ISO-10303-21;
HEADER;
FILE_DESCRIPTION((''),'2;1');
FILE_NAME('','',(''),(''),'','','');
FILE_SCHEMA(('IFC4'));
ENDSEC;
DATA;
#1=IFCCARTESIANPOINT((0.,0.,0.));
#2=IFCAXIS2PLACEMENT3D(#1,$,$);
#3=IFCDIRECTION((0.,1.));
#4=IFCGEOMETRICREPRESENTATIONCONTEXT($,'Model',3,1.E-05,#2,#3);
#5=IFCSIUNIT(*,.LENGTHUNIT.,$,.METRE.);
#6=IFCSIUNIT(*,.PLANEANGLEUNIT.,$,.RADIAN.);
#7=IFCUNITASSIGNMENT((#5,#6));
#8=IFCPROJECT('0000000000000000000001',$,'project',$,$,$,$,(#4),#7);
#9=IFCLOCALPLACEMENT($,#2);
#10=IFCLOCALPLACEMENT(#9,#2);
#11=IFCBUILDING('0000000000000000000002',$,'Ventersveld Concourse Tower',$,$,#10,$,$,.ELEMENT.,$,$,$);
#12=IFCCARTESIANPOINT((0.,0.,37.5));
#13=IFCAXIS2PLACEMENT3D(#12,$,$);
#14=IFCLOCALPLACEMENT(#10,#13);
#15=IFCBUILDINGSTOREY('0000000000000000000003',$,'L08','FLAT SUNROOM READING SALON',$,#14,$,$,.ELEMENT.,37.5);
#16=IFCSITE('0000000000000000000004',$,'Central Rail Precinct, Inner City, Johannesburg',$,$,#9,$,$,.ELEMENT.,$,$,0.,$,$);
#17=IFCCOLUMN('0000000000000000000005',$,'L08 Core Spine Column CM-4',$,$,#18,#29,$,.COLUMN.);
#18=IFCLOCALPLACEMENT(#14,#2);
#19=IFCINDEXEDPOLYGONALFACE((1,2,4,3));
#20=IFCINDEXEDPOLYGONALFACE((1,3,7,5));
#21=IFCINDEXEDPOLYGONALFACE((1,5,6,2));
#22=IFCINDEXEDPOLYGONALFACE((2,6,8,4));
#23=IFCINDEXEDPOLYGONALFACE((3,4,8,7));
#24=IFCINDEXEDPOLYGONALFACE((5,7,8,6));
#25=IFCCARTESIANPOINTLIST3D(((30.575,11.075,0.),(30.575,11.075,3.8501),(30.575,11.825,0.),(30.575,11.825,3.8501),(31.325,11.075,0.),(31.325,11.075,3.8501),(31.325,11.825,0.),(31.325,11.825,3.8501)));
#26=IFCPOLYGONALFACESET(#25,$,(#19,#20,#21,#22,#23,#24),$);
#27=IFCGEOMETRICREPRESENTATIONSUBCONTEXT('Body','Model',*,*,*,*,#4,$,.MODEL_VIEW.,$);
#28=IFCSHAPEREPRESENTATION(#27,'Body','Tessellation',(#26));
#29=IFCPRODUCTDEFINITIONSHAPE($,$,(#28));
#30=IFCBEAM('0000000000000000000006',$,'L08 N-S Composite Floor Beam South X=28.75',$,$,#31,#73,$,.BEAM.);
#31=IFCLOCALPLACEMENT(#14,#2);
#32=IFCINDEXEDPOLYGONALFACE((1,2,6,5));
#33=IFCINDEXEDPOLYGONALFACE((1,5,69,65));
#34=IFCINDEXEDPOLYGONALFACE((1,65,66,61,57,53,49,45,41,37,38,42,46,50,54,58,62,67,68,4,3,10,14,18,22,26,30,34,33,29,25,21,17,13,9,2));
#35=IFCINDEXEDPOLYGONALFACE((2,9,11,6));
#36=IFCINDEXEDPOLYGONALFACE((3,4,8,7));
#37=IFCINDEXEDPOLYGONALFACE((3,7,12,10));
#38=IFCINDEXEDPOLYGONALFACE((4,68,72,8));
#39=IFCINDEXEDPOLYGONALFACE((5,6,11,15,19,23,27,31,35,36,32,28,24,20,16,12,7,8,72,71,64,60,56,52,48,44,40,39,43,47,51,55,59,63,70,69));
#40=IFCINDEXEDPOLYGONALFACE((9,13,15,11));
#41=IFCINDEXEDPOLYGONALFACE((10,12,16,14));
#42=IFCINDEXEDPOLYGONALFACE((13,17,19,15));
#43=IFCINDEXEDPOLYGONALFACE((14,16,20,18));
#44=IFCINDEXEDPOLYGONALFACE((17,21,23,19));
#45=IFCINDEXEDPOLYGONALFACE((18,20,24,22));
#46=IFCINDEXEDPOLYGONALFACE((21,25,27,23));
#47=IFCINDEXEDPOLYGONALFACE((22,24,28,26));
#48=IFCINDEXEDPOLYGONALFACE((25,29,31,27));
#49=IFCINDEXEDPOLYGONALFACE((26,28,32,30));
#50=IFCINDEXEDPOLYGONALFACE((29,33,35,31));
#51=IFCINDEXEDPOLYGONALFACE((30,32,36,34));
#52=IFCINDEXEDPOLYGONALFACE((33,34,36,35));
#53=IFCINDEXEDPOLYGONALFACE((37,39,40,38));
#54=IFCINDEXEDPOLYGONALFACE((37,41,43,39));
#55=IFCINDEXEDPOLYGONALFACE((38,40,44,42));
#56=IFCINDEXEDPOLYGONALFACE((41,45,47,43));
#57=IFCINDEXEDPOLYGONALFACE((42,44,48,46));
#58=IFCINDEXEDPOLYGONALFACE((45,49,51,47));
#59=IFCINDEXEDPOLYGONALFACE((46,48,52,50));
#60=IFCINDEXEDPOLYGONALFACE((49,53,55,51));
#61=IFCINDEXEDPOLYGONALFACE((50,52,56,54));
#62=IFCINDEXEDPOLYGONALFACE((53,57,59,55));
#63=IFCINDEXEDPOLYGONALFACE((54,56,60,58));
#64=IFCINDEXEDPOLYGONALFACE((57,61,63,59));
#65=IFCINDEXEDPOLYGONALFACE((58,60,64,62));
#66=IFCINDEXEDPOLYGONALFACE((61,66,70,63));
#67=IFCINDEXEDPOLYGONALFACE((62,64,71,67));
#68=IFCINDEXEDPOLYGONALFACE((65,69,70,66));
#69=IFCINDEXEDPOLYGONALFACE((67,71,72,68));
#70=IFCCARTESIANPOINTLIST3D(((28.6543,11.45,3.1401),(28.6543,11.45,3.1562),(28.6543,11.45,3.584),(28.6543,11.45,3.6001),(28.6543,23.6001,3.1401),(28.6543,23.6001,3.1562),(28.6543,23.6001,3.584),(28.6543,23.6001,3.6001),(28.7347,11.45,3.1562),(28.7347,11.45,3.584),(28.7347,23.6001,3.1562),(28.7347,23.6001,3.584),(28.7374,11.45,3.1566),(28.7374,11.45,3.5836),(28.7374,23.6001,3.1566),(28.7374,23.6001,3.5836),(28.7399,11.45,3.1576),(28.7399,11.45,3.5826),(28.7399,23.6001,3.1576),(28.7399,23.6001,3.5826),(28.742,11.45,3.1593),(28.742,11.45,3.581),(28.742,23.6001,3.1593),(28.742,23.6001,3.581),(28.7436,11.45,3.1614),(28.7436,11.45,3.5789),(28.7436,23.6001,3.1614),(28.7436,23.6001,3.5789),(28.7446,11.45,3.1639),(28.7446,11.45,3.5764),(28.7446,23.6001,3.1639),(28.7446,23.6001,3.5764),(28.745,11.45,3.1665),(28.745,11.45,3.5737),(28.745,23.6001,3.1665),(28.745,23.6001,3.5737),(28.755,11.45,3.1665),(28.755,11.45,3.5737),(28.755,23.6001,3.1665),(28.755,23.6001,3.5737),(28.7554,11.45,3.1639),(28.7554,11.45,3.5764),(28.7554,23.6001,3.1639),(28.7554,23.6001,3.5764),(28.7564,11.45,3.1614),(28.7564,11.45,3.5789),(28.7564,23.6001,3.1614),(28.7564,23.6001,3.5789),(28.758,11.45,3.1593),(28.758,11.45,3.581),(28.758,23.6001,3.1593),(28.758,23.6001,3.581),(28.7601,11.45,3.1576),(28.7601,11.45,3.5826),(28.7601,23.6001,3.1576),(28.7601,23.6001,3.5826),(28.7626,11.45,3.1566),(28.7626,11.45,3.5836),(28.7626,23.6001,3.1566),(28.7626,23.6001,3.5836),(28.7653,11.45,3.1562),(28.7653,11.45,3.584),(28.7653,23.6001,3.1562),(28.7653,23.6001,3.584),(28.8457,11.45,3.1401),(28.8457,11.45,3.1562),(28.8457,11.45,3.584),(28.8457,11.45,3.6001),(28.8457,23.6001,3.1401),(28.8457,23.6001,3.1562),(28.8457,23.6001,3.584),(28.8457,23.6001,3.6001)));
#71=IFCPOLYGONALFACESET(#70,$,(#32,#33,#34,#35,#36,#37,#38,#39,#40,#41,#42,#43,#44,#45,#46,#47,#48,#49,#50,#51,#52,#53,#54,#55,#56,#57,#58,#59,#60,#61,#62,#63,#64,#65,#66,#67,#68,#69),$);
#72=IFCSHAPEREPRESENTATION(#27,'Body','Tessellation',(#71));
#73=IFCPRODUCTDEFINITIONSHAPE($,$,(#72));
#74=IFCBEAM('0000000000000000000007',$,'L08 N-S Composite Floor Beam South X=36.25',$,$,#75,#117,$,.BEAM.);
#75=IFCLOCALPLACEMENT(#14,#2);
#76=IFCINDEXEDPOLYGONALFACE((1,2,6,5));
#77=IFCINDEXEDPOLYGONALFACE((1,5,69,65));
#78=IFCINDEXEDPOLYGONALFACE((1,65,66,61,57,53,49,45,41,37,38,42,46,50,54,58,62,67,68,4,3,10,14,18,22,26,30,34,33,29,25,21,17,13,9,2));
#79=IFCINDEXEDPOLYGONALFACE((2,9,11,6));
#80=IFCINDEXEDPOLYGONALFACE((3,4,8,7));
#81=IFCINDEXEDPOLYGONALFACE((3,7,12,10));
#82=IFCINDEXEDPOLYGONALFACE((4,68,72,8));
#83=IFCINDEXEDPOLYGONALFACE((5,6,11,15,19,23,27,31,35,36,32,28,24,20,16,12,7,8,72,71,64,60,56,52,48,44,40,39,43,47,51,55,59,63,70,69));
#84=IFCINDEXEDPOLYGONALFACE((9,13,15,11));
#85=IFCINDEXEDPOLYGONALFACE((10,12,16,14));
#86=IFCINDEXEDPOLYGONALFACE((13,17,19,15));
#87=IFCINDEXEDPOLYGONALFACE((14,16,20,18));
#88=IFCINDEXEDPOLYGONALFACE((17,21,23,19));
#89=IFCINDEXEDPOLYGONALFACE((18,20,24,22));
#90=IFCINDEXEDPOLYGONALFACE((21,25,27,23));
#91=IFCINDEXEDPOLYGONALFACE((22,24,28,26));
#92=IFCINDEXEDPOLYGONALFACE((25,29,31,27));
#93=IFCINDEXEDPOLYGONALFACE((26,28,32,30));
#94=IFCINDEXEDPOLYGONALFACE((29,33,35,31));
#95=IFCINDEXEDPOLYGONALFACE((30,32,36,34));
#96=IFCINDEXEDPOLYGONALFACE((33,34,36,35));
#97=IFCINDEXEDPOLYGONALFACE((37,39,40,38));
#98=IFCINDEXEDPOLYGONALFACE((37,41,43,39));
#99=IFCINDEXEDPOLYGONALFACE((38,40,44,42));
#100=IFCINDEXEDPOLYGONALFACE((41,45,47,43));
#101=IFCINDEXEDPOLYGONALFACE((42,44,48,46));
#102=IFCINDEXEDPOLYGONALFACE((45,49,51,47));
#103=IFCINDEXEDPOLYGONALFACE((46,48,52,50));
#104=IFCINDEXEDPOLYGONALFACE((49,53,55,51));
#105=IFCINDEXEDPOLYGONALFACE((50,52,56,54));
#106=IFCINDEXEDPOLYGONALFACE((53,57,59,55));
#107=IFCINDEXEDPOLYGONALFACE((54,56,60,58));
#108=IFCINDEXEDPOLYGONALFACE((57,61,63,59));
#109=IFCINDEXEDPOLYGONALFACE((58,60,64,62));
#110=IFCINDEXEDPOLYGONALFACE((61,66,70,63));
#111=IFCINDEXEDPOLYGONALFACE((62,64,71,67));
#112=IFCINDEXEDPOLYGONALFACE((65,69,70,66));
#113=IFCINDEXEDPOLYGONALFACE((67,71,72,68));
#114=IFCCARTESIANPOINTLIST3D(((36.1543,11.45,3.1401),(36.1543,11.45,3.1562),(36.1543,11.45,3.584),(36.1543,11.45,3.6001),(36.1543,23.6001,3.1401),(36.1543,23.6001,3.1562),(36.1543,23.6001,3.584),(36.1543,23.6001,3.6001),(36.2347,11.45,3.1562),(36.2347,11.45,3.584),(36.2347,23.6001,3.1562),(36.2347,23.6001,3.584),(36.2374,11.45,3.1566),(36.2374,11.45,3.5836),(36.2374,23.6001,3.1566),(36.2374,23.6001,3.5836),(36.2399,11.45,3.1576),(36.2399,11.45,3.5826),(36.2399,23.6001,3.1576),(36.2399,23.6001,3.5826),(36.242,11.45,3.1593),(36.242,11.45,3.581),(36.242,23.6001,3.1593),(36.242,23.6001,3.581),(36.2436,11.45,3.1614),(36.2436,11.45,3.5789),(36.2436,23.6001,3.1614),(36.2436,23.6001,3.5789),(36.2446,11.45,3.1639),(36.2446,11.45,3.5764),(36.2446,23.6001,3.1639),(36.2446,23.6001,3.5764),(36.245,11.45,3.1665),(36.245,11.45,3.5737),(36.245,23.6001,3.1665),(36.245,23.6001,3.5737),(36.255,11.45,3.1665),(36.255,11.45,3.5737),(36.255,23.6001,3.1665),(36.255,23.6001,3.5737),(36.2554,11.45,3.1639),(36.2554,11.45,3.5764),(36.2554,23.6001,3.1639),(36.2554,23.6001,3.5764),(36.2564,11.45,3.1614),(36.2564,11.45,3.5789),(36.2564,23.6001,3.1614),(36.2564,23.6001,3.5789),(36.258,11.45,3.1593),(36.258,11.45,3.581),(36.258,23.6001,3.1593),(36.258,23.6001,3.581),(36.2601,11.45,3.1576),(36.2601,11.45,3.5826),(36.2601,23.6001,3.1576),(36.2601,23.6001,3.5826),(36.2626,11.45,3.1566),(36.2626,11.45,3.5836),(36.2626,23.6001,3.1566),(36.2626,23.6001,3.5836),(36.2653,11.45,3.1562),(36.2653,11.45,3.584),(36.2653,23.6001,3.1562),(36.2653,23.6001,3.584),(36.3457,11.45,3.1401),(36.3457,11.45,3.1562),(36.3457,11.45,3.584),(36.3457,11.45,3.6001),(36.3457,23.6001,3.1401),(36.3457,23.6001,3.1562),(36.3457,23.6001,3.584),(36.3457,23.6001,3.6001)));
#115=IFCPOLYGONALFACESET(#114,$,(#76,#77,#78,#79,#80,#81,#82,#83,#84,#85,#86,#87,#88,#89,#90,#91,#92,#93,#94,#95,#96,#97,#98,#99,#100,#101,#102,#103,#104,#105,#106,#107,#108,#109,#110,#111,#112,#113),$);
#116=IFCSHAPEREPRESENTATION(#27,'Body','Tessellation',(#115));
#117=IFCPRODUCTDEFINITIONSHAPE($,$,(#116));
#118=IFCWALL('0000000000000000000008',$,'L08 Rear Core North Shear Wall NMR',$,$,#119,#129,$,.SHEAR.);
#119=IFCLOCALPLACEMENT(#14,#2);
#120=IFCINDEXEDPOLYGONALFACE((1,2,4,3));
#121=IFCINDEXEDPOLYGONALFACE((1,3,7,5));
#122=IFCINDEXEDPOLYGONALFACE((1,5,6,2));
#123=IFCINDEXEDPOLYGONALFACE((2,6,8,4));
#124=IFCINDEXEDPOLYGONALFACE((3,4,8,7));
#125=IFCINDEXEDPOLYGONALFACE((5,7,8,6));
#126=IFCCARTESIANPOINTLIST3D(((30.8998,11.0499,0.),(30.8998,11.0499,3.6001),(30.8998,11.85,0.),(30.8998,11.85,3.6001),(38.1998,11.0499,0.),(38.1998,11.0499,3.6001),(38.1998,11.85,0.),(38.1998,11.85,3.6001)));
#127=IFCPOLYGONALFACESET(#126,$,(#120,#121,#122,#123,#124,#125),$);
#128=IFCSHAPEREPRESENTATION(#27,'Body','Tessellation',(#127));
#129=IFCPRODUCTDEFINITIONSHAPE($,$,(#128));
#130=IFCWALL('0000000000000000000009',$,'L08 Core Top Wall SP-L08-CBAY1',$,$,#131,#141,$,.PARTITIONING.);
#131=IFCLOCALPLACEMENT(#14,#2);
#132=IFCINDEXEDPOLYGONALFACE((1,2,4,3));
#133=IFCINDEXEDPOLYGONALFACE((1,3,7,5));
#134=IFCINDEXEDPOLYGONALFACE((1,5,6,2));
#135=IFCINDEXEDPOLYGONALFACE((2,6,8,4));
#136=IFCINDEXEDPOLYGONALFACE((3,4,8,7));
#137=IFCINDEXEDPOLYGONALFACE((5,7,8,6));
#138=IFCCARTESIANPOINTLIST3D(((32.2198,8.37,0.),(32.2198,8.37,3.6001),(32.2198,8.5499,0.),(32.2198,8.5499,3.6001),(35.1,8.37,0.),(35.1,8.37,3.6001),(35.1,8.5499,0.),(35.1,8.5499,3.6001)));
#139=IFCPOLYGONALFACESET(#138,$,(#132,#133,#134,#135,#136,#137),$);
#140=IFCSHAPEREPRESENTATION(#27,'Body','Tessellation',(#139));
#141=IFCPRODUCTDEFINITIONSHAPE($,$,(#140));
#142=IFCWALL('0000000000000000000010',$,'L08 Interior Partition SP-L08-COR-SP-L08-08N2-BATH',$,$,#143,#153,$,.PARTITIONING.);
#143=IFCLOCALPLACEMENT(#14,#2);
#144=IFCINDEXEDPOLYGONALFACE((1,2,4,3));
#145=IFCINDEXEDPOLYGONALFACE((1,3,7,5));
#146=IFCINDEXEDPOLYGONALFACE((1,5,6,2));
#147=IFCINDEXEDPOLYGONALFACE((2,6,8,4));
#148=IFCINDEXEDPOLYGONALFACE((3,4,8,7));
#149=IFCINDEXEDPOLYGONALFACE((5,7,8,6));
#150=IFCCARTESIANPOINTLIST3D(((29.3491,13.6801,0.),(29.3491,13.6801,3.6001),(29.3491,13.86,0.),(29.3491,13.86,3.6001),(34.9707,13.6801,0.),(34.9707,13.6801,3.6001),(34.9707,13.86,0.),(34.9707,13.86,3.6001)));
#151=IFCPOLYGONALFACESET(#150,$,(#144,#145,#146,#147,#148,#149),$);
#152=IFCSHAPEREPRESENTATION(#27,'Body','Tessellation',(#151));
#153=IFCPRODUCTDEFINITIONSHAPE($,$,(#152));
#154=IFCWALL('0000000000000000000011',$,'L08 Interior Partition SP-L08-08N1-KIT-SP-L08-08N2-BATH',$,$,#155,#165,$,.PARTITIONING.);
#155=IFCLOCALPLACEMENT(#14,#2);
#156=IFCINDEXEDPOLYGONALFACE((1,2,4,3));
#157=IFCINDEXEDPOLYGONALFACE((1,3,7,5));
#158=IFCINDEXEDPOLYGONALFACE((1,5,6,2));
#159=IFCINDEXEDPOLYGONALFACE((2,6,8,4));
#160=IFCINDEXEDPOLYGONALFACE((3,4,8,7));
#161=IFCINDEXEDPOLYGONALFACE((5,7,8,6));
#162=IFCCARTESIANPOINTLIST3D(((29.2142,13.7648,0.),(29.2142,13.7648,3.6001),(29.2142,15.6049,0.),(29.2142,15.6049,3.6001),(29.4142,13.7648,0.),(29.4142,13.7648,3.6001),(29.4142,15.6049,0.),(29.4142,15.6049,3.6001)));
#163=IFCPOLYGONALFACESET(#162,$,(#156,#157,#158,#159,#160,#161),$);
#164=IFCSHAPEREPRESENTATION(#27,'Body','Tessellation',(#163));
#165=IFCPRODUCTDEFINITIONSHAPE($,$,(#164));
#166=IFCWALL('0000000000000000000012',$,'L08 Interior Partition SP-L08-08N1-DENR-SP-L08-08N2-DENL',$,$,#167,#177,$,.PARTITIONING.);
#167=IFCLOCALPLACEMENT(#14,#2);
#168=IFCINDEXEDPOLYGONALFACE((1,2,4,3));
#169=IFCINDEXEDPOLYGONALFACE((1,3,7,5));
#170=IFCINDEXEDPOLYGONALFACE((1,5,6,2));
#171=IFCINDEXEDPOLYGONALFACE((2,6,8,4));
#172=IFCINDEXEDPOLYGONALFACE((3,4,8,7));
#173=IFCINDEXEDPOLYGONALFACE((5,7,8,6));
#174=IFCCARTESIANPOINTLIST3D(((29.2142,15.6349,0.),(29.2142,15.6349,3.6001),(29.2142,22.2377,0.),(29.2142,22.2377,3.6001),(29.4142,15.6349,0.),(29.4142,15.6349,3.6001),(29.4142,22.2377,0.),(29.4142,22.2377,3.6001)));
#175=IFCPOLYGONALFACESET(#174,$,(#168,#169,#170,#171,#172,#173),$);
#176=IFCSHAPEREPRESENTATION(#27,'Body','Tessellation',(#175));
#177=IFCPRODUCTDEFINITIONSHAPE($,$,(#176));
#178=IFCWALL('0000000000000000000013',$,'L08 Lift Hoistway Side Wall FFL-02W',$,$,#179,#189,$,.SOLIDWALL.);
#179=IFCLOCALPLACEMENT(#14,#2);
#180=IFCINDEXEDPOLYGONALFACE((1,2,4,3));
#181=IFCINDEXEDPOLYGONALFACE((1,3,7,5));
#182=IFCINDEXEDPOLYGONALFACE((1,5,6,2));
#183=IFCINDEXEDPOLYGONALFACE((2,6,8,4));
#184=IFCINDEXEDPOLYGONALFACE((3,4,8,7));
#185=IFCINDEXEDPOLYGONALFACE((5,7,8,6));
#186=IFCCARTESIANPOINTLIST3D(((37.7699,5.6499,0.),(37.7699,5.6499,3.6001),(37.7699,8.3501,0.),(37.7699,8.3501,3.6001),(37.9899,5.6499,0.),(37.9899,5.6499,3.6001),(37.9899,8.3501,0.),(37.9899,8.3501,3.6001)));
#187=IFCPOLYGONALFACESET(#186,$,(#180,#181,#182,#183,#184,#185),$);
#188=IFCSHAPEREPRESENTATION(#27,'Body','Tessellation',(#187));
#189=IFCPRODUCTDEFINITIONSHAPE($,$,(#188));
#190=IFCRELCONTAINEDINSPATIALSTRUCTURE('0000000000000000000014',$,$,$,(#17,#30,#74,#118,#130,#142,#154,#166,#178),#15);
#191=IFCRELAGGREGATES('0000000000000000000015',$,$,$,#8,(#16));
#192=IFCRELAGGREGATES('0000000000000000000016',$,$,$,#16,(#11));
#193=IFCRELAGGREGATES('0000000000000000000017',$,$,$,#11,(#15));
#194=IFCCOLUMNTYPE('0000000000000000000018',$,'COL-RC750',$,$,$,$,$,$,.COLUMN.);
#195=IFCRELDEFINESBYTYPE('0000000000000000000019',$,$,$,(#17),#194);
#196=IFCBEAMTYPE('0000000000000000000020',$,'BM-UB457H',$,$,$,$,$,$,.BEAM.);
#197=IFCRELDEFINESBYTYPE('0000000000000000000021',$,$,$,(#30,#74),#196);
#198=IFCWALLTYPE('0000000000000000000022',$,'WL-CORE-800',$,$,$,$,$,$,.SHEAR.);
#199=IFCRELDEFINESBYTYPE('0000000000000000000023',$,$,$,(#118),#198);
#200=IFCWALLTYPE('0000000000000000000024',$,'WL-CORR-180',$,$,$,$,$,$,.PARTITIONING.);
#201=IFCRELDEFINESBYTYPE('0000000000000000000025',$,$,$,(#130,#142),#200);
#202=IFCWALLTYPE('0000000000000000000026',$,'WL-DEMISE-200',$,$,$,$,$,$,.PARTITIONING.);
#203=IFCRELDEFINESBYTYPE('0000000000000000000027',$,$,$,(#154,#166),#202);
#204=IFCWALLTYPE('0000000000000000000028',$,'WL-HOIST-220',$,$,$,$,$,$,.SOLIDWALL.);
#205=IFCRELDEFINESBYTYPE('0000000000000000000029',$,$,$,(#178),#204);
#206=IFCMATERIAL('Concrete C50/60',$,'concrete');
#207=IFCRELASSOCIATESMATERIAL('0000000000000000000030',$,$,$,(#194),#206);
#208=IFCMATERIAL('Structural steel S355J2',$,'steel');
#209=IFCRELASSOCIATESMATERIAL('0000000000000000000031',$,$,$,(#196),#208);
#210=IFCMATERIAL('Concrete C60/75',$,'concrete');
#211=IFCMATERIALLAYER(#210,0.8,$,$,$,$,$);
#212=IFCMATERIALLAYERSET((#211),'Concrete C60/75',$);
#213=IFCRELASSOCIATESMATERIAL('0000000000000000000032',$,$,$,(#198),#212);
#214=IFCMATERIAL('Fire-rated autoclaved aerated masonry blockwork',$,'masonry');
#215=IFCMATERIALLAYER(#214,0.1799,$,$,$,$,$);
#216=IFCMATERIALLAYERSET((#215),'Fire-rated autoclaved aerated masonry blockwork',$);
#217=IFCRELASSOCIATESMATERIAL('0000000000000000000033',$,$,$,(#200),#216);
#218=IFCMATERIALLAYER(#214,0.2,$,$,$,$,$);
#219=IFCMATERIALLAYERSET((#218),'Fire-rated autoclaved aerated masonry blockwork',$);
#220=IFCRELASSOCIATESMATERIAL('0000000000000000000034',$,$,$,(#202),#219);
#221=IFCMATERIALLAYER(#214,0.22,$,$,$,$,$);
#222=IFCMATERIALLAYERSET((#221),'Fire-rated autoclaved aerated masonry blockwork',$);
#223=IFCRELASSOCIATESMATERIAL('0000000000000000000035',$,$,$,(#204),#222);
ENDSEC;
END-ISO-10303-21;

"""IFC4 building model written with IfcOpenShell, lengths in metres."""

from ifc_helpers import new_model, si_unit, direction, frame, frame_2d, origin, origin_2d, place, context, subcontext, project, spatial, rectangle, i_section, extrude, material, layer, layer_set, material_profile, profile_set, type_object, element, save


model = new_model("IFC4")

# Units and contexts
model_context = context("Model", 3, precision=1e-05, world=origin(), true_north=direction((0.0, 1.0)))
body_context = subcontext(model_context, "Body", "Model", "MODEL_VIEW")
ifc_project = project(units=[si_unit("LENGTHUNIT", "METRE"), si_unit("PLANEANGLEUNIT", "RADIAN")], contexts=[model_context])

# Site, building, storey
site_placement = place(None, origin())
site = spatial("IfcSite", under=ifc_project, at=site_placement, Name="Central Rail Precinct, Inner City, Johannesburg", CompositionType="ELEMENT", RefElevation=0.0)
building_placement = place(site_placement, origin())
building = spatial("IfcBuilding", under=site, at=building_placement, Name="Ventersveld Concourse Tower", CompositionType="ELEMENT")
storey_placement = place(building_placement, frame((0.0, 0.0, 37.5)))
storey = spatial("IfcBuildingStorey", under=building, at=storey_placement, Name="L08", Description="FLAT SUNROOM READING SALON", CompositionType="ELEMENT", Elevation=37.5)

# Column
ifc_material_1 = material(Name="Concrete C50/60", Category="concrete")
ifc_material_profile_1 = material_profile(ifc_material_1, rectangle(XDim=0.75, YDim=0.75, at=origin_2d()), Name="RC 750x750")
ifc_profile_set_1 = profile_set([ifc_material_profile_1], Name="Concrete C50/60")
column_type = type_object("IfcColumnType", Name="COL-RC750", PredefinedType="COLUMN", material=ifc_profile_set_1)
column_placement = place(storey_placement, frame((30.95, 11.45, 0.0), z_axis=(0.0, 0.0, 1.0), x_axis=(1.0, 0.0, 0.0)))
element("IfcColumn", 1, at=column_placement, inside=storey, type_object=column_type, Name="L08 Core Spine Column CM-4", PredefinedType="COLUMN", context=body_context, shape_type="SweptSolid", body=[
    extrude(rectangle(XDim=0.75, YDim=0.75, at=origin_2d()), origin(), (0.0, 0.0, 1.0), 3.8501),
])

# Beams
ifc_material_2 = material(Name="Structural steel S355J2", Category="steel")
ifc_material_profile_2 = material_profile(ifc_material_2, i_section(OverallWidth=0.1914, OverallDepth=0.46, WebThickness=0.01, FlangeThickness=0.0161, FilletRadius=0.0103, at=origin_2d()), Name="UB 457x191x82")
ifc_profile_set_2 = profile_set([ifc_material_profile_2], Name="Structural steel S355J2")
beam_type = type_object("IfcBeamType", Name="BM-UB457H", PredefinedType="BEAM", material=ifc_profile_set_2)
for number, where, z_axis, x_axis, name in (
    (2, (28.75, 11.45, 3.3701), (0.0, 1.0, 0.0), (-1.0, 0.0, 0.0), "L08 N-S Composite Floor Beam South X=28.75"),
    (3, (36.25, 11.45, 3.3701), (0.0, 1.0, 0.0), (-1.0, 0.0, 0.0), "L08 N-S Composite Floor Beam South X=36.25"),
):
    element("IfcBeam", number, at=place(storey_placement, frame(where, z_axis=z_axis, x_axis=x_axis)), inside=storey, type_object=beam_type, Name=name, PredefinedType="BEAM", context=body_context, shape_type="SweptSolid", body=[
        extrude(i_section(OverallWidth=0.1914, OverallDepth=0.46, WebThickness=0.01, FlangeThickness=0.0161, FilletRadius=0.0103, at=origin_2d()), origin(), (0.0, 0.0, 1.0), 12.1501),
    ])

# Walls
ifc_material_3 = material(Name="Concrete C60/75", Category="concrete")
ifc_layer_1 = layer(ifc_material_3, 0.8)
ifc_layer_set_1 = layer_set([ifc_layer_1], Name="Concrete C60/75")
wall_type_1 = type_object("IfcWallType", Name="WL-CORE-800", PredefinedType="SHEAR", material=ifc_layer_set_1)
wall_1_placement = place(storey_placement, frame((30.8999, 11.45, 0.0), z_axis=(0.0, 0.0, 1.0), x_axis=(1.0, 0.0, 0.0)))
element("IfcWall", 4, at=wall_1_placement, inside=storey, type_object=wall_type_1, Name="L08 Rear Core North Shear Wall NMR", PredefinedType="SHEAR", context=body_context, shape_type="SweptSolid", body=[
    extrude(rectangle(XDim=7.3, YDim=0.8, at=frame_2d((3.6499, 0.0))), origin(), (0.0, 0.0, 1.0), 3.6001),
])
ifc_material_4 = material(Name="Fire-rated autoclaved aerated masonry blockwork", Category="masonry")
ifc_layer_2 = layer(ifc_material_4, 0.1799)
ifc_layer_set_2 = layer_set([ifc_layer_2], Name="Fire-rated autoclaved aerated masonry blockwork")
wall_type_2 = type_object("IfcWallType", Name="WL-CORR-180", PredefinedType="PARTITIONING", material=ifc_layer_set_2)
wall_2_placement = place(storey_placement, frame((32.22, 8.46, 0.0), z_axis=(0.0, 0.0, 1.0), x_axis=(1.0, 0.0, 0.0)))
element("IfcWall", 5, at=wall_2_placement, inside=storey, type_object=wall_type_2, Name="L08 Core Top Wall SP-L08-CBAY1", PredefinedType="PARTITIONING", context=body_context, shape_type="SweptSolid", body=[
    extrude(rectangle(XDim=2.8801, YDim=0.1799, at=frame_2d((1.4399, 0.0))), origin(), (0.0, 0.0, 1.0), 3.6001),
])

# Walls
wall_3_placement = place(storey_placement, frame((29.3491, 13.77, 0.0), z_axis=(0.0, 0.0, 1.0), x_axis=(1.0, 0.0, 0.0)))
element("IfcWall", 6, at=wall_3_placement, inside=storey, type_object=wall_type_2, Name="L08 Interior Partition SP-L08-COR-SP-L08-08N2-BATH", PredefinedType="PARTITIONING", context=body_context, shape_type="SweptSolid", body=[
    extrude(rectangle(XDim=5.6216, YDim=0.1799, at=frame_2d((2.8108, 0.0))), origin(), (0.0, 0.0, 1.0), 3.6001),
])
ifc_layer_3 = layer(ifc_material_4, 0.2)
ifc_layer_set_3 = layer_set([ifc_layer_3], Name="Fire-rated autoclaved aerated masonry blockwork")
wall_type_3 = type_object("IfcWallType", Name="WL-DEMISE-200", PredefinedType="PARTITIONING", material=ifc_layer_set_3)
wall_4_placement = place(storey_placement, frame((29.3142, 13.7649, 0.0), z_axis=(0.0, 0.0, 1.0), x_axis=(0.0, 1.0, 0.0)))
element("IfcWall", 7, at=wall_4_placement, inside=storey, type_object=wall_type_3, Name="L08 Interior Partition SP-L08-08N1-KIT-SP-L08-08N2-BATH", PredefinedType="PARTITIONING", context=body_context, shape_type="SweptSolid", body=[
    extrude(rectangle(XDim=1.8401, YDim=0.2, at=frame_2d((0.9199, 0.0))), origin(), (0.0, 0.0, 1.0), 3.6001),
])
wall_5_placement = place(storey_placement, frame((29.3142, 15.635, 0.0), z_axis=(0.0, 0.0, 1.0), x_axis=(0.0, 1.0, 0.0)))
element("IfcWall", 8, at=wall_5_placement, inside=storey, type_object=wall_type_3, Name="L08 Interior Partition SP-L08-08N1-DENR-SP-L08-08N2-DENL", PredefinedType="PARTITIONING", context=body_context, shape_type="SweptSolid", body=[
    extrude(rectangle(XDim=6.6028, YDim=0.2, at=frame_2d((3.3013, 0.0))), origin(), (0.0, 0.0, 1.0), 3.6001),
])
ifc_layer_4 = layer(ifc_material_4, 0.22)
ifc_layer_set_4 = layer_set([ifc_layer_4], Name="Fire-rated autoclaved aerated masonry blockwork")
wall_type_4 = type_object("IfcWallType", Name="WL-HOIST-220", PredefinedType="SOLIDWALL", material=ifc_layer_set_4)
wall_6_placement = place(storey_placement, frame((37.8799, 5.6499, 0.0), z_axis=(0.0, 0.0, 1.0), x_axis=(0.0, 1.0, 0.0)))
element("IfcWall", 9, at=wall_6_placement, inside=storey, type_object=wall_type_4, Name="L08 Lift Hoistway Side Wall FFL-02W", PredefinedType="SOLIDWALL", context=body_context, shape_type="SweptSolid", body=[
    extrude(rectangle(XDim=2.7002, YDim=0.22, at=frame_2d((1.3501, 0.0))), origin(), (0.0, 0.0, 1.0), 3.6001),
])

save(model, "model.ifc")
